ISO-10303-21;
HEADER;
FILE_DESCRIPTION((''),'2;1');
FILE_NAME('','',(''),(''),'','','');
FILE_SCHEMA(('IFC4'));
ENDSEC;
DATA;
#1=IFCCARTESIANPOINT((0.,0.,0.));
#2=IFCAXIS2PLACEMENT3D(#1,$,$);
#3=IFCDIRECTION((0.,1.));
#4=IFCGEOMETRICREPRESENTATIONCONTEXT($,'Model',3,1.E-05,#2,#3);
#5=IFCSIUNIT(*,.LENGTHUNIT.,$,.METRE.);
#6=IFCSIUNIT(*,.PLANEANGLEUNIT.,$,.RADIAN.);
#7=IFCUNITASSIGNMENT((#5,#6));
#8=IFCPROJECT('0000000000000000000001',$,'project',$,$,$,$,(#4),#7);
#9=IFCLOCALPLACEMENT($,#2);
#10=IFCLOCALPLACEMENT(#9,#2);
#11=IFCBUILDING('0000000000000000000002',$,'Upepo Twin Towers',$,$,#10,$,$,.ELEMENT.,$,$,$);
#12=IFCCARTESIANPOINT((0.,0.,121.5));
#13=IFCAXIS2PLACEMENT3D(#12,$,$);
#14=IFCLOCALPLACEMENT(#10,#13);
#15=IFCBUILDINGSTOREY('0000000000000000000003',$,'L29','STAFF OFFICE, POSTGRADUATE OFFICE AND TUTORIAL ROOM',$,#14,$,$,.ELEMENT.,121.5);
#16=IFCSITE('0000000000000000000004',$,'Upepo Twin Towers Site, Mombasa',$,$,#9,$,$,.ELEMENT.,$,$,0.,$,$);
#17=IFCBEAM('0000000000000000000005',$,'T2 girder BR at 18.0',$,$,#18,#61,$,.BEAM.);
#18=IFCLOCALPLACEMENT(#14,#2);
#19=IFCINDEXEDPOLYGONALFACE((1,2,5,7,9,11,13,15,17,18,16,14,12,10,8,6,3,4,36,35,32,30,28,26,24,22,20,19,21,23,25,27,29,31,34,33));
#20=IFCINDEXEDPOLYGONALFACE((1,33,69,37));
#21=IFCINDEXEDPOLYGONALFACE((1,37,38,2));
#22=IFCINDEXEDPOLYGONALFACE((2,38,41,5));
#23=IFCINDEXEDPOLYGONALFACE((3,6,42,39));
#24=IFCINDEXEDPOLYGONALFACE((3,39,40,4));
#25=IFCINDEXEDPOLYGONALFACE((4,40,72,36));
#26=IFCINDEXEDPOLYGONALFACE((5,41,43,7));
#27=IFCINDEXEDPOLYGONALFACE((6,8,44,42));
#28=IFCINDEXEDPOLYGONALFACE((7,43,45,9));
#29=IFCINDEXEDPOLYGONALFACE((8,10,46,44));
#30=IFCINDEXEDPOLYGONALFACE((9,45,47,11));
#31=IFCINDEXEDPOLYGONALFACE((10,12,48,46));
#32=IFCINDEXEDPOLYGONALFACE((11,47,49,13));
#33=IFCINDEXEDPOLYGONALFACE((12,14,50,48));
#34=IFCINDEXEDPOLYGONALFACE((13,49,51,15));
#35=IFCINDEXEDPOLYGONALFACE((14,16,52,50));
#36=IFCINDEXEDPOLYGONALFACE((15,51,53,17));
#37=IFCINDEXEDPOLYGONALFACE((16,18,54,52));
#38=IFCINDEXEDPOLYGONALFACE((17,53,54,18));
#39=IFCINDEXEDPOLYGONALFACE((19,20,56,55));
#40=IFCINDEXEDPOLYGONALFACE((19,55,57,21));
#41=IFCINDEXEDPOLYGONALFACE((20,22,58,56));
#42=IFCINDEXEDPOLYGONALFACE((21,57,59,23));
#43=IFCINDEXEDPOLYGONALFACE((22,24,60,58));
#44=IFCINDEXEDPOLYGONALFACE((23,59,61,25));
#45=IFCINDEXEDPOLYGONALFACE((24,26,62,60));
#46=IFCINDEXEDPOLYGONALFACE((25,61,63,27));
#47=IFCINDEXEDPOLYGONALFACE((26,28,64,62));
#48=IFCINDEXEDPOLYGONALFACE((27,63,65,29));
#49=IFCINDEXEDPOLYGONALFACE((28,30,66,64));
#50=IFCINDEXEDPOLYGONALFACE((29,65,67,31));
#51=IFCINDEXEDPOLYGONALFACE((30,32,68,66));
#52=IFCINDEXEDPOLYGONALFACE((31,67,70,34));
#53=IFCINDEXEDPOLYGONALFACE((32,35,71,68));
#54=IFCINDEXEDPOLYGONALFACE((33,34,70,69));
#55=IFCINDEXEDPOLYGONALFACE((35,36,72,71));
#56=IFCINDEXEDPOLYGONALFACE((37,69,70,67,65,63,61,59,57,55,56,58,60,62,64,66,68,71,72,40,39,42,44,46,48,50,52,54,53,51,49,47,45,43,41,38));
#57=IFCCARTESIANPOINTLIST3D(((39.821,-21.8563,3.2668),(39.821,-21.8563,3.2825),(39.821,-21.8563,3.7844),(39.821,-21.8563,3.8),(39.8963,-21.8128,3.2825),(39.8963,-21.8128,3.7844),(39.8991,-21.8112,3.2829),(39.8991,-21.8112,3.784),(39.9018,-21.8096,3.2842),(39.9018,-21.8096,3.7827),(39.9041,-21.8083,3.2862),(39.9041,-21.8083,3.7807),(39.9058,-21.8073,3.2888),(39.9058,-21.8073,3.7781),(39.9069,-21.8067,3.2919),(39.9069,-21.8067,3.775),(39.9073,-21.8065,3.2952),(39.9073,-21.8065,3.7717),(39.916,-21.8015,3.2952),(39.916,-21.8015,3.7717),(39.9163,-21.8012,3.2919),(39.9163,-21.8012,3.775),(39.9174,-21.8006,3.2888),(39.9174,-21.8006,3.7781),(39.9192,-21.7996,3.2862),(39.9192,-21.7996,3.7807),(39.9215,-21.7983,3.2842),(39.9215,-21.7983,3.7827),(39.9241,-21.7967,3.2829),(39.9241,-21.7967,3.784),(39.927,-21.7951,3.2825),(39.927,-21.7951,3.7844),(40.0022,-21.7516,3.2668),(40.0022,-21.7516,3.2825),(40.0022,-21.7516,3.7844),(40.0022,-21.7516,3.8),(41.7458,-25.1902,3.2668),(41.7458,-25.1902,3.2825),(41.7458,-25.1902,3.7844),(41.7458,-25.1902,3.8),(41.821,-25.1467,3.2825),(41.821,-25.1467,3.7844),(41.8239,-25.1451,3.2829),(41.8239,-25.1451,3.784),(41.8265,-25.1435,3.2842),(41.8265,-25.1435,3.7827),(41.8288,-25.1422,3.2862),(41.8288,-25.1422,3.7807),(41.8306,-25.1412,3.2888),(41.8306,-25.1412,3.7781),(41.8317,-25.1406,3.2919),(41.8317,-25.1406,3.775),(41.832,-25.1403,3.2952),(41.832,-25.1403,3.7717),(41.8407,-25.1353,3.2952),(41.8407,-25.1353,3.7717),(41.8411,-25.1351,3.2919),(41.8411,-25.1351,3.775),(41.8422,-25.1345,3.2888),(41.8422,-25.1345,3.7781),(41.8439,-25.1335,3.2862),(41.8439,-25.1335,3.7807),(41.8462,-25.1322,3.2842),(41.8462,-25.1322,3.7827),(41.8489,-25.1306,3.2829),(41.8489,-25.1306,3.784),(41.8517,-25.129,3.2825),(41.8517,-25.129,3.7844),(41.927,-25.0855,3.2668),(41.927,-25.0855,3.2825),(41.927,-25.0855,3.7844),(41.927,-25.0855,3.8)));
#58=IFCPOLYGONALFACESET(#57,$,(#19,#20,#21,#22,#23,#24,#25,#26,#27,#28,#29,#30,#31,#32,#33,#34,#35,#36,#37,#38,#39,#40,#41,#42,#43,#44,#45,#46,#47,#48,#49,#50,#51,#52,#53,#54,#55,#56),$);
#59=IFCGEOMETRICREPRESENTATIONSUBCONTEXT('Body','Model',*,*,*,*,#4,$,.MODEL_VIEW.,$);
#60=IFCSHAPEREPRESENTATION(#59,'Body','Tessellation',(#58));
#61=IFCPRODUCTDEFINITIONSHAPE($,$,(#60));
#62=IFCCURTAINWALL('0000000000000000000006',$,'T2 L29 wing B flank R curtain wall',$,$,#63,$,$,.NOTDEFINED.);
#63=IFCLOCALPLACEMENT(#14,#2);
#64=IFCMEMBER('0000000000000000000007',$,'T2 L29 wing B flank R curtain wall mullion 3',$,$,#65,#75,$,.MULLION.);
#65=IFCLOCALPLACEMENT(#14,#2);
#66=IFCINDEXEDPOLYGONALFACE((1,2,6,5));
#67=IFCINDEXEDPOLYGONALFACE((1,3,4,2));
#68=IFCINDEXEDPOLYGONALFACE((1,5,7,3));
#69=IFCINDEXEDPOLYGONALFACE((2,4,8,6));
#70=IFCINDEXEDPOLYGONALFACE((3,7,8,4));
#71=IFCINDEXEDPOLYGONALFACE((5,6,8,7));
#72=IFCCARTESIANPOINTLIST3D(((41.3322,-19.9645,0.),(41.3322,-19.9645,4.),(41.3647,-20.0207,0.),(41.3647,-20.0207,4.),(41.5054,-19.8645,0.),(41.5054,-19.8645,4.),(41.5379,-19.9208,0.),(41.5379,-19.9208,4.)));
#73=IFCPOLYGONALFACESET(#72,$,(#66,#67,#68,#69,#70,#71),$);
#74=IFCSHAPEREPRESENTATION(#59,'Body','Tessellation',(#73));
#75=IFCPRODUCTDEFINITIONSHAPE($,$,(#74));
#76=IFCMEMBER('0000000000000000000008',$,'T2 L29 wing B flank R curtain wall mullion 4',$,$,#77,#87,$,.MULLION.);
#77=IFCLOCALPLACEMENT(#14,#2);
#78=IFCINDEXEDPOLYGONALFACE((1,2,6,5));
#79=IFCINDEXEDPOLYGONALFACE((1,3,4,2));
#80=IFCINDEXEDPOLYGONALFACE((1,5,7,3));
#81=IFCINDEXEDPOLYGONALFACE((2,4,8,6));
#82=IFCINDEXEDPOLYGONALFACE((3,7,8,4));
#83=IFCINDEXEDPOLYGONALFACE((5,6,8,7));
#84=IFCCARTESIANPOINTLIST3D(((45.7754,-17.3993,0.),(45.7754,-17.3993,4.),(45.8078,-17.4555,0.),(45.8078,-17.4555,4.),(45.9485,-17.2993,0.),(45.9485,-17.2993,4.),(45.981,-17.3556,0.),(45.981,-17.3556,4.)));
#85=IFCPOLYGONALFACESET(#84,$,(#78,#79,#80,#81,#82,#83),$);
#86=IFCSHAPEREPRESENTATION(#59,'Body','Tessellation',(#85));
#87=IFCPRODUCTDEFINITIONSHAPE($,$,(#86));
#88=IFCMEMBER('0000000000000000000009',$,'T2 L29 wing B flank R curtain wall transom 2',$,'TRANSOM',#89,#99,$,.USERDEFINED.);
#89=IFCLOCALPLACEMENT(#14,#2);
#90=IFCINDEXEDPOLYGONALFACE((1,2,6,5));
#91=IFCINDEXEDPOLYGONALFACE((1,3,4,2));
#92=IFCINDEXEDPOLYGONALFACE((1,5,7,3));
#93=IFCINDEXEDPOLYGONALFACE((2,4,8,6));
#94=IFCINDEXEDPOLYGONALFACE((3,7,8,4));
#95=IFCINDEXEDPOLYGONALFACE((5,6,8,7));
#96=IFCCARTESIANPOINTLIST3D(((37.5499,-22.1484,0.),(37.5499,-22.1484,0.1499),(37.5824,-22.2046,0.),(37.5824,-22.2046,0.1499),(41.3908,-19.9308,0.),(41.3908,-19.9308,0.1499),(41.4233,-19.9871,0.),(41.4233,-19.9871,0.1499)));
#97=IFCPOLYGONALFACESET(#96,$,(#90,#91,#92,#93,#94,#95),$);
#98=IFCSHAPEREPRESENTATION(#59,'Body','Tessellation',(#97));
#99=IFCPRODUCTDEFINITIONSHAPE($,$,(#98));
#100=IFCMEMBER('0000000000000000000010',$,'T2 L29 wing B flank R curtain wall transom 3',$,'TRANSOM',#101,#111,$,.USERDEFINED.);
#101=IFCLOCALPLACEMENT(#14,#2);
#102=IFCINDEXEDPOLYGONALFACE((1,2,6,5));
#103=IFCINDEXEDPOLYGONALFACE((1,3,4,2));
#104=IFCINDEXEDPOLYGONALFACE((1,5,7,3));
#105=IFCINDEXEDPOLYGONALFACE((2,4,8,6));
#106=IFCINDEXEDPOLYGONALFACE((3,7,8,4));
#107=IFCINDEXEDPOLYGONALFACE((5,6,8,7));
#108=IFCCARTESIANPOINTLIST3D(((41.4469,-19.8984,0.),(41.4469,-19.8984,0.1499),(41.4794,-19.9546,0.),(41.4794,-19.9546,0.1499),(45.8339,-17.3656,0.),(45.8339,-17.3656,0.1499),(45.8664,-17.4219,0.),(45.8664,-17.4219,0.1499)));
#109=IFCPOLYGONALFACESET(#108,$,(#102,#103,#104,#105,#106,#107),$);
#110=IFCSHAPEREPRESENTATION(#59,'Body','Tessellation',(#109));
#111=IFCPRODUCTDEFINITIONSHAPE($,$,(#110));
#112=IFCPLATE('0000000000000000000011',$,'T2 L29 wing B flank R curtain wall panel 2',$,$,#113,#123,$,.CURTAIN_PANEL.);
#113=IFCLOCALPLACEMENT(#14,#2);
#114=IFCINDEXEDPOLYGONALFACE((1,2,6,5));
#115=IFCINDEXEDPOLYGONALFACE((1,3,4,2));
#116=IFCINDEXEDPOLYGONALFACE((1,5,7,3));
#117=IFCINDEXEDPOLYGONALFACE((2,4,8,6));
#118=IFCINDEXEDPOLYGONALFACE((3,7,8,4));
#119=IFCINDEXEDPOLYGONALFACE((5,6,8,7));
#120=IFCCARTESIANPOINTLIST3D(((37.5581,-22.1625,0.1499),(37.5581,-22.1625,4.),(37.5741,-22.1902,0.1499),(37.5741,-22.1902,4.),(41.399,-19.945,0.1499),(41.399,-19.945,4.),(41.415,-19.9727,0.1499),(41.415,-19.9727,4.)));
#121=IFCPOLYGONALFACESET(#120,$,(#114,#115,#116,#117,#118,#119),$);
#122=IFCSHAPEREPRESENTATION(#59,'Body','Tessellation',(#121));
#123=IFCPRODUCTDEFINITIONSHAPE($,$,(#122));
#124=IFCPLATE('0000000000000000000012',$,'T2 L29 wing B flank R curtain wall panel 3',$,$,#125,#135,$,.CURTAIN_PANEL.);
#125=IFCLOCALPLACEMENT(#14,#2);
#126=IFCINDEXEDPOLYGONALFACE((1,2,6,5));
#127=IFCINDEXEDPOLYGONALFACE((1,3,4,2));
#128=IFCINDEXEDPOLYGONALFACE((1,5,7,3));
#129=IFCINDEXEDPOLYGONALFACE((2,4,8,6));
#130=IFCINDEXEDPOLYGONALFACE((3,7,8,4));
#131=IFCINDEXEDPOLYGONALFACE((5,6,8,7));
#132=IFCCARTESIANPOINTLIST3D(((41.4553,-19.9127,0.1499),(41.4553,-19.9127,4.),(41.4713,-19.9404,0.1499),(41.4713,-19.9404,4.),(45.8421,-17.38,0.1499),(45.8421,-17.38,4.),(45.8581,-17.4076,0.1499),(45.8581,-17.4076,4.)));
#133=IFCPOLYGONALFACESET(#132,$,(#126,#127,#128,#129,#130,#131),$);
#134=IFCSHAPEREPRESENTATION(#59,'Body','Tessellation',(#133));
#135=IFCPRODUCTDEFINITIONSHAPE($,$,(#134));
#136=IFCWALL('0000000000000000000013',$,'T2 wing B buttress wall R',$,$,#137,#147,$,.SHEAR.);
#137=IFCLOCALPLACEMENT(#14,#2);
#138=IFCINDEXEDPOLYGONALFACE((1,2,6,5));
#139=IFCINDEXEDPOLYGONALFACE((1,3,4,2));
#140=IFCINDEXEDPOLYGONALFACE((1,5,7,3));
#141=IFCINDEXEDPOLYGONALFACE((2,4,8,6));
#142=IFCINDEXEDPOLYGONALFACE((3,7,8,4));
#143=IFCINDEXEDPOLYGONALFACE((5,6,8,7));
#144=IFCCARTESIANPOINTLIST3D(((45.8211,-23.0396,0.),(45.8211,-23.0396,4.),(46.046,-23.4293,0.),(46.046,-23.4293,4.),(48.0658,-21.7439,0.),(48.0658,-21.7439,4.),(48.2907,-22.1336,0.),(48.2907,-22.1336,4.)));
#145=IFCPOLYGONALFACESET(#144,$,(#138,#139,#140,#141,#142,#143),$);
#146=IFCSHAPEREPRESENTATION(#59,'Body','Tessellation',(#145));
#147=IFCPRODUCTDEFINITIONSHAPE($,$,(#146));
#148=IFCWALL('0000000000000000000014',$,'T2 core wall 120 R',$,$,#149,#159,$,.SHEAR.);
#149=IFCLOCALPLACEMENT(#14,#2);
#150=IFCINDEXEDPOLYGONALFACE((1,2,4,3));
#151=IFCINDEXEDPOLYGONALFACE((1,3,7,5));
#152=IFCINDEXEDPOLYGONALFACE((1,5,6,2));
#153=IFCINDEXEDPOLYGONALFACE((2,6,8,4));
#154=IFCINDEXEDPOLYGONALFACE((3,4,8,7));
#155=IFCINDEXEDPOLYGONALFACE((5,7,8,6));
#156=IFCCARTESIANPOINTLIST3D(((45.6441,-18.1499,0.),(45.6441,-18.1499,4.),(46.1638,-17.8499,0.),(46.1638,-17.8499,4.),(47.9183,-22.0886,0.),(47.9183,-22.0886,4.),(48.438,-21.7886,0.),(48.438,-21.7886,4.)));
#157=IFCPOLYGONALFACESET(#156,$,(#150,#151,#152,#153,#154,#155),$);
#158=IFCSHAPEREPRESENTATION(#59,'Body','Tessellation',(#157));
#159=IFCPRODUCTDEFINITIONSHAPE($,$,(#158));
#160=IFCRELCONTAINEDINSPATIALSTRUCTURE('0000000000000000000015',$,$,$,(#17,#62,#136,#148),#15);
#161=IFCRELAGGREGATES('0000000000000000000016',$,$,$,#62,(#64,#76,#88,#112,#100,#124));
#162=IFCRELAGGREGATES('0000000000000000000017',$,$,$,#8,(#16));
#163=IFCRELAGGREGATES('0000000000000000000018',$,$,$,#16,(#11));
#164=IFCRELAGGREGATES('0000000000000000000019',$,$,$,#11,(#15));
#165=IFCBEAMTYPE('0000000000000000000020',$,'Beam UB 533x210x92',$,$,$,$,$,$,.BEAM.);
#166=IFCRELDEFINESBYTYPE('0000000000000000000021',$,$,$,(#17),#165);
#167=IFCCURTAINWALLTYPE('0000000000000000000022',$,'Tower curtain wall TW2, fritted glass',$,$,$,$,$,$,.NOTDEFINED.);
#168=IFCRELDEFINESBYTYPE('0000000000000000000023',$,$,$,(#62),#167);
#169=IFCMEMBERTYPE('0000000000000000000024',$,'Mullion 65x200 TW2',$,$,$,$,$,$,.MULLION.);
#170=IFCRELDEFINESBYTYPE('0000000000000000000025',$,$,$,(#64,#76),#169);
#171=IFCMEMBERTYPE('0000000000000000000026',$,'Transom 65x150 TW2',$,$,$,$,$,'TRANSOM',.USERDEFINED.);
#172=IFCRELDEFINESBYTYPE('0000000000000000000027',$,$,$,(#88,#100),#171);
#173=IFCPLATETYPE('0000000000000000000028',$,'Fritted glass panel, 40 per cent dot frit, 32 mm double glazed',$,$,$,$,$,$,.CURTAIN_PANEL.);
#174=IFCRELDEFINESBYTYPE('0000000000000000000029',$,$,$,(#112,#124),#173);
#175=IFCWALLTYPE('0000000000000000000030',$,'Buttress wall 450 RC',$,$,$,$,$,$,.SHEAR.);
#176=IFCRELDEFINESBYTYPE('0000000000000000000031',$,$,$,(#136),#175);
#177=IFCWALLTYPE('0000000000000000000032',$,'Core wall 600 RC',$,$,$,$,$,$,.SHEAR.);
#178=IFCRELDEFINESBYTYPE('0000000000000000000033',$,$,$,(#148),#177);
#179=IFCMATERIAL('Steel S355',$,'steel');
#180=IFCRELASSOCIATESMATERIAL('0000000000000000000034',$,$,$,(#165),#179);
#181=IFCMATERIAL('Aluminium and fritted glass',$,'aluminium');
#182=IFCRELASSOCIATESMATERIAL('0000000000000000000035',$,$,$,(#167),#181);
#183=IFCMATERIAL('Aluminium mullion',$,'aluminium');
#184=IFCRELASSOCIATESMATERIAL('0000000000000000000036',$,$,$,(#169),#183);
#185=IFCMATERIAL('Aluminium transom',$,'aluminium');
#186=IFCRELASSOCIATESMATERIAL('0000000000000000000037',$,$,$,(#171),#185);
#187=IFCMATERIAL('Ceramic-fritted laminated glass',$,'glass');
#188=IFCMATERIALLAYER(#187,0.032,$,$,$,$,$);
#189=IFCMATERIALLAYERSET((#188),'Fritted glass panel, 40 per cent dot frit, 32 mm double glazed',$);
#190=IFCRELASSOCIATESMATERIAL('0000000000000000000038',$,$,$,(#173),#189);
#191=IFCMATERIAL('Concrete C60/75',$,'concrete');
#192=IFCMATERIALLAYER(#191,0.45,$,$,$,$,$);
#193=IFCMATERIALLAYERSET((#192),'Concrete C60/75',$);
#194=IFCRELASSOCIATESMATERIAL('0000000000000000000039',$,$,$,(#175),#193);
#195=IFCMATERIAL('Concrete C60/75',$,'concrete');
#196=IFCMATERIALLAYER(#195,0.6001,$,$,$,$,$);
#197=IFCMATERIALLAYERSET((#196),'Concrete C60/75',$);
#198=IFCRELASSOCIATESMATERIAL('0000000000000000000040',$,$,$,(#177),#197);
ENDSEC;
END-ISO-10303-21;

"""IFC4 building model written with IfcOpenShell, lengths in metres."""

from ifc_helpers import new_model, si_unit, direction, frame, frame_2d, origin, origin_2d, place, context, subcontext, project, spatial, rectangle, i_section, extrude, material, layer, layer_set, material_profile, profile_set, type_object, element, aggregate, save


model = new_model("IFC4")

# Units and contexts
model_context = context("Model", 3, precision=1e-05, world=origin(), true_north=direction((0.0, 1.0)))
body_context = subcontext(model_context, "Body", "Model", "MODEL_VIEW")
ifc_project = project(units=[si_unit("LENGTHUNIT", "METRE"), si_unit("PLANEANGLEUNIT", "RADIAN")], contexts=[model_context])

# Site, building, storey
site_placement = place(None, origin())
site = spatial("IfcSite", under=ifc_project, at=site_placement, Name="Upepo Twin Towers Site, Mombasa", CompositionType="ELEMENT", RefElevation=0.0)
building_placement = place(site_placement, origin())
building = spatial("IfcBuilding", under=site, at=building_placement, Name="Upepo Twin Towers", CompositionType="ELEMENT")
storey_placement = place(building_placement, frame((0.0, 0.0, 121.5)))
storey = spatial("IfcBuildingStorey", under=building, at=storey_placement, Name="L29", Description="STAFF OFFICE, POSTGRADUATE OFFICE AND TUTORIAL ROOM", CompositionType="ELEMENT", Elevation=121.5)

# Beam
ifc_material_1 = material(Name="Steel S355", Category="steel")
ifc_material_profile_1 = material_profile(ifc_material_1, i_section(OverallWidth=0.2092, OverallDepth=0.5332, WebThickness=0.01, FlangeThickness=0.0156, FilletRadius=0.0127, at=origin_2d()), Name="UB 533x210x92")
ifc_profile_set_1 = profile_set([ifc_material_profile_1], Name="Steel S355")
beam_type_1 = type_object("IfcBeamType", Name="Beam UB 533x210x92", PredefinedType="BEAM", material=ifc_profile_set_1)
beam_1_placement = place(storey_placement, frame((39.9116, -21.804, 3.5334), z_axis=(0.499986, -0.866034, 0.0), x_axis=(0.866034, 0.499986, 0.0)))
element("IfcBeam", 1, at=beam_1_placement, inside=storey, type_object=beam_type_1, Name="T2 girder BR at 18.0", PredefinedType="BEAM", context=body_context, shape_type="SweptSolid", body=[
    extrude(i_section(OverallWidth=0.2092, OverallDepth=0.5332, WebThickness=0.01, FlangeThickness=0.0156, FilletRadius=0.0127, at=origin_2d()), origin(), (0.0, 0.0, 1.0), 3.8496),
])

# Curtain wall, members, plates
ifc_material_2 = material(Name="Aluminium and fritted glass", Category="aluminium")
curtain_wall_type = type_object("IfcCurtainWallType", Name="Tower curtain wall TW2, fritted glass", PredefinedType="NOTDEFINED", material=ifc_material_2)
curtain_wall_placement = place(storey_placement, origin())
curtain_wall = element("IfcCurtainWall", 2, at=curtain_wall_placement, inside=storey, type_object=curtain_wall_type, Name="T2 L29 wing B flank R curtain wall", PredefinedType="NOTDEFINED")
ifc_material_3 = material(Name="Aluminium mullion", Category="aluminium")
ifc_material_profile_2 = material_profile(ifc_material_3, rectangle(XDim=0.0649, YDim=0.2, at=origin_2d()), Name="MULLION 65x200")
ifc_profile_set_2 = profile_set([ifc_material_profile_2], Name="Aluminium mullion")
member_type_1 = type_object("IfcMemberType", Name="Mullion 65x200 TW2", PredefinedType="MULLION", material=ifc_profile_set_2)
member_1_placement = place(storey_placement, frame((41.4351, -19.9426, 0.0), z_axis=(0.0, 0.0, 1.0), x_axis=(-0.5, 0.866025, 0.0)))
member_1 = element("IfcMember", 3, at=member_1_placement, type_object=member_type_1, Name="T2 L29 wing B flank R curtain wall mullion 3", PredefinedType="MULLION", context=body_context, shape_type="SweptSolid", body=[
    extrude(rectangle(XDim=0.0649, YDim=0.2, at=origin_2d()), origin(), (0.0, 0.0, 1.0), 4.0),
])
member_2_placement = place(storey_placement, frame((45.8782, -17.3774, 0.0), z_axis=(0.0, 0.0, 1.0), x_axis=(-0.5, 0.866025, 0.0)))
member_2 = element("IfcMember", 4, at=member_2_placement, type_object=member_type_1, Name="T2 L29 wing B flank R curtain wall mullion 4", PredefinedType="MULLION", context=body_context, shape_type="SweptSolid", body=[
    extrude(rectangle(XDim=0.0649, YDim=0.2, at=origin_2d()), origin(), (0.0, 0.0, 1.0), 4.0),
])
ifc_material_4 = material(Name="Aluminium transom", Category="aluminium")
ifc_material_profile_3 = material_profile(ifc_material_4, rectangle(XDim=0.0649, YDim=0.1499, at=origin_2d()), Name="TRANSOM 65x150")
ifc_profile_set_3 = profile_set([ifc_material_profile_3], Name="Aluminium transom")
member_type_2 = type_object("IfcMemberType", Name="Transom 65x150 TW2", ElementType="TRANSOM", PredefinedType="USERDEFINED", material=ifc_profile_set_3)
member_3_placement = place(storey_placement, frame((37.5662, -22.1765, 0.075), z_axis=(0.866022, 0.500005, 0.0), x_axis=(-0.500005, 0.866022, 0.0)))
member_3 = element("IfcMember", 5, at=member_3_placement, type_object=member_type_2, Name="T2 L29 wing B flank R curtain wall transom 2", ObjectType="TRANSOM", PredefinedType="USERDEFINED", context=body_context, shape_type="SweptSolid", body=[
    extrude(rectangle(XDim=0.0649, YDim=0.1499, at=origin_2d()), origin(), (0.0, 0.0, 1.0), 4.4351),
])
member_4_placement = place(storey_placement, frame((41.4631, -19.9265, 0.075), z_axis=(0.866034, 0.499985, 0.0), x_axis=(-0.499985, 0.866034, 0.0)))
member_4 = element("IfcMember", 6, at=member_4_placement, type_object=member_type_2, Name="T2 L29 wing B flank R curtain wall transom 3", ObjectType="TRANSOM", PredefinedType="USERDEFINED", context=body_context, shape_type="SweptSolid", body=[
    extrude(rectangle(XDim=0.0649, YDim=0.1499, at=origin_2d()), origin(), (0.0, 0.0, 1.0), 5.0657),
])
ifc_material_5 = material(Name="Ceramic-fritted laminated glass", Category="glass")
ifc_layer_1 = layer(ifc_material_5, 0.032)
ifc_layer_set_1 = layer_set([ifc_layer_1], Name="Fritted glass panel, 40 per cent dot frit, 32 mm double glazed")
plate_type = type_object("IfcPlateType", Name="Fritted glass panel, 40 per cent dot frit, 32 mm double glazed", PredefinedType="CURTAIN_PANEL", material=ifc_layer_set_1)
plate_1_placement = place(storey_placement, frame((39.4866, -21.0676, 0.1499), z_axis=(0.0, 0.0, 1.0), x_axis=(0.866025, 0.5, 0.0)))
plate_1 = element("IfcPlate", 7, at=plate_1_placement, type_object=plate_type, Name="T2 L29 wing B flank R curtain wall panel 2", PredefinedType="CURTAIN_PANEL", context=body_context, shape_type="SweptSolid", body=[
    extrude(rectangle(XDim=4.4351, YDim=0.032, at=origin_2d()), origin(), (0.0, 0.0, 1.0), 3.8501),
])
plate_2_placement = place(storey_placement, frame((43.6567, -18.6602, 0.1499), z_axis=(0.0, 0.0, 1.0), x_axis=(0.866025, 0.5, 0.0)))
plate_2 = element("IfcPlate", 8, at=plate_2_placement, type_object=plate_type, Name="T2 L29 wing B flank R curtain wall panel 3", PredefinedType="CURTAIN_PANEL", context=body_context, shape_type="SweptSolid", body=[
    extrude(rectangle(XDim=5.0654, YDim=0.032, at=origin_2d()), origin(), (0.0, 0.0, 1.0), 3.8501),
])
aggregate(curtain_wall, [member_1, member_2, member_3, plate_1, member_4, plate_2])

# Walls
ifc_material_6 = material(Name="Concrete C60/75", Category="concrete")
ifc_layer_2 = layer(ifc_material_6, 0.45)
ifc_layer_set_2 = layer_set([ifc_layer_2], Name="Concrete C60/75")
wall_type_1 = type_object("IfcWallType", Name="Buttress wall 450 RC", PredefinedType="SHEAR", material=ifc_layer_set_2)
wall_1_placement = place(storey_placement, frame((48.1782, -21.9387, 0.0), z_axis=(0.0, 0.0, 1.0), x_axis=(-0.866073, -0.499918, 0.0)))
element("IfcWall", 9, at=wall_1_placement, inside=storey, type_object=wall_type_1, Name="T2 wing B buttress wall R", PredefinedType="SHEAR", context=body_context, shape_type="SweptSolid", body=[
    extrude(rectangle(XDim=2.5918, YDim=0.45, at=frame_2d((1.2959, 0.0))), origin(), (0.0, 0.0, 1.0), 4.0),
])
ifc_material_7 = material(Name="Concrete C60/75", Category="concrete")
ifc_layer_3 = layer(ifc_material_7, 0.6001)
ifc_layer_set_3 = layer_set([ifc_layer_3], Name="Concrete C60/75")
wall_type_2 = type_object("IfcWallType", Name="Core wall 600 RC", PredefinedType="SHEAR", material=ifc_layer_set_3)
wall_2_placement = place(storey_placement, frame((45.9041, -18.0, 0.0), z_axis=(0.0, 0.0, 1.0), x_axis=(0.500024, -0.866011, 0.0)))
element("IfcWall", 10, at=wall_2_placement, inside=storey, type_object=wall_type_2, Name="T2 core wall 120 R", PredefinedType="SHEAR", context=body_context, shape_type="SweptSolid", body=[
    extrude(rectangle(XDim=4.5481, YDim=0.6001, at=frame_2d((2.2739, 0.0))), origin(), (0.0, 0.0, 1.0), 4.0),
])

save(model, "model.ifc")
